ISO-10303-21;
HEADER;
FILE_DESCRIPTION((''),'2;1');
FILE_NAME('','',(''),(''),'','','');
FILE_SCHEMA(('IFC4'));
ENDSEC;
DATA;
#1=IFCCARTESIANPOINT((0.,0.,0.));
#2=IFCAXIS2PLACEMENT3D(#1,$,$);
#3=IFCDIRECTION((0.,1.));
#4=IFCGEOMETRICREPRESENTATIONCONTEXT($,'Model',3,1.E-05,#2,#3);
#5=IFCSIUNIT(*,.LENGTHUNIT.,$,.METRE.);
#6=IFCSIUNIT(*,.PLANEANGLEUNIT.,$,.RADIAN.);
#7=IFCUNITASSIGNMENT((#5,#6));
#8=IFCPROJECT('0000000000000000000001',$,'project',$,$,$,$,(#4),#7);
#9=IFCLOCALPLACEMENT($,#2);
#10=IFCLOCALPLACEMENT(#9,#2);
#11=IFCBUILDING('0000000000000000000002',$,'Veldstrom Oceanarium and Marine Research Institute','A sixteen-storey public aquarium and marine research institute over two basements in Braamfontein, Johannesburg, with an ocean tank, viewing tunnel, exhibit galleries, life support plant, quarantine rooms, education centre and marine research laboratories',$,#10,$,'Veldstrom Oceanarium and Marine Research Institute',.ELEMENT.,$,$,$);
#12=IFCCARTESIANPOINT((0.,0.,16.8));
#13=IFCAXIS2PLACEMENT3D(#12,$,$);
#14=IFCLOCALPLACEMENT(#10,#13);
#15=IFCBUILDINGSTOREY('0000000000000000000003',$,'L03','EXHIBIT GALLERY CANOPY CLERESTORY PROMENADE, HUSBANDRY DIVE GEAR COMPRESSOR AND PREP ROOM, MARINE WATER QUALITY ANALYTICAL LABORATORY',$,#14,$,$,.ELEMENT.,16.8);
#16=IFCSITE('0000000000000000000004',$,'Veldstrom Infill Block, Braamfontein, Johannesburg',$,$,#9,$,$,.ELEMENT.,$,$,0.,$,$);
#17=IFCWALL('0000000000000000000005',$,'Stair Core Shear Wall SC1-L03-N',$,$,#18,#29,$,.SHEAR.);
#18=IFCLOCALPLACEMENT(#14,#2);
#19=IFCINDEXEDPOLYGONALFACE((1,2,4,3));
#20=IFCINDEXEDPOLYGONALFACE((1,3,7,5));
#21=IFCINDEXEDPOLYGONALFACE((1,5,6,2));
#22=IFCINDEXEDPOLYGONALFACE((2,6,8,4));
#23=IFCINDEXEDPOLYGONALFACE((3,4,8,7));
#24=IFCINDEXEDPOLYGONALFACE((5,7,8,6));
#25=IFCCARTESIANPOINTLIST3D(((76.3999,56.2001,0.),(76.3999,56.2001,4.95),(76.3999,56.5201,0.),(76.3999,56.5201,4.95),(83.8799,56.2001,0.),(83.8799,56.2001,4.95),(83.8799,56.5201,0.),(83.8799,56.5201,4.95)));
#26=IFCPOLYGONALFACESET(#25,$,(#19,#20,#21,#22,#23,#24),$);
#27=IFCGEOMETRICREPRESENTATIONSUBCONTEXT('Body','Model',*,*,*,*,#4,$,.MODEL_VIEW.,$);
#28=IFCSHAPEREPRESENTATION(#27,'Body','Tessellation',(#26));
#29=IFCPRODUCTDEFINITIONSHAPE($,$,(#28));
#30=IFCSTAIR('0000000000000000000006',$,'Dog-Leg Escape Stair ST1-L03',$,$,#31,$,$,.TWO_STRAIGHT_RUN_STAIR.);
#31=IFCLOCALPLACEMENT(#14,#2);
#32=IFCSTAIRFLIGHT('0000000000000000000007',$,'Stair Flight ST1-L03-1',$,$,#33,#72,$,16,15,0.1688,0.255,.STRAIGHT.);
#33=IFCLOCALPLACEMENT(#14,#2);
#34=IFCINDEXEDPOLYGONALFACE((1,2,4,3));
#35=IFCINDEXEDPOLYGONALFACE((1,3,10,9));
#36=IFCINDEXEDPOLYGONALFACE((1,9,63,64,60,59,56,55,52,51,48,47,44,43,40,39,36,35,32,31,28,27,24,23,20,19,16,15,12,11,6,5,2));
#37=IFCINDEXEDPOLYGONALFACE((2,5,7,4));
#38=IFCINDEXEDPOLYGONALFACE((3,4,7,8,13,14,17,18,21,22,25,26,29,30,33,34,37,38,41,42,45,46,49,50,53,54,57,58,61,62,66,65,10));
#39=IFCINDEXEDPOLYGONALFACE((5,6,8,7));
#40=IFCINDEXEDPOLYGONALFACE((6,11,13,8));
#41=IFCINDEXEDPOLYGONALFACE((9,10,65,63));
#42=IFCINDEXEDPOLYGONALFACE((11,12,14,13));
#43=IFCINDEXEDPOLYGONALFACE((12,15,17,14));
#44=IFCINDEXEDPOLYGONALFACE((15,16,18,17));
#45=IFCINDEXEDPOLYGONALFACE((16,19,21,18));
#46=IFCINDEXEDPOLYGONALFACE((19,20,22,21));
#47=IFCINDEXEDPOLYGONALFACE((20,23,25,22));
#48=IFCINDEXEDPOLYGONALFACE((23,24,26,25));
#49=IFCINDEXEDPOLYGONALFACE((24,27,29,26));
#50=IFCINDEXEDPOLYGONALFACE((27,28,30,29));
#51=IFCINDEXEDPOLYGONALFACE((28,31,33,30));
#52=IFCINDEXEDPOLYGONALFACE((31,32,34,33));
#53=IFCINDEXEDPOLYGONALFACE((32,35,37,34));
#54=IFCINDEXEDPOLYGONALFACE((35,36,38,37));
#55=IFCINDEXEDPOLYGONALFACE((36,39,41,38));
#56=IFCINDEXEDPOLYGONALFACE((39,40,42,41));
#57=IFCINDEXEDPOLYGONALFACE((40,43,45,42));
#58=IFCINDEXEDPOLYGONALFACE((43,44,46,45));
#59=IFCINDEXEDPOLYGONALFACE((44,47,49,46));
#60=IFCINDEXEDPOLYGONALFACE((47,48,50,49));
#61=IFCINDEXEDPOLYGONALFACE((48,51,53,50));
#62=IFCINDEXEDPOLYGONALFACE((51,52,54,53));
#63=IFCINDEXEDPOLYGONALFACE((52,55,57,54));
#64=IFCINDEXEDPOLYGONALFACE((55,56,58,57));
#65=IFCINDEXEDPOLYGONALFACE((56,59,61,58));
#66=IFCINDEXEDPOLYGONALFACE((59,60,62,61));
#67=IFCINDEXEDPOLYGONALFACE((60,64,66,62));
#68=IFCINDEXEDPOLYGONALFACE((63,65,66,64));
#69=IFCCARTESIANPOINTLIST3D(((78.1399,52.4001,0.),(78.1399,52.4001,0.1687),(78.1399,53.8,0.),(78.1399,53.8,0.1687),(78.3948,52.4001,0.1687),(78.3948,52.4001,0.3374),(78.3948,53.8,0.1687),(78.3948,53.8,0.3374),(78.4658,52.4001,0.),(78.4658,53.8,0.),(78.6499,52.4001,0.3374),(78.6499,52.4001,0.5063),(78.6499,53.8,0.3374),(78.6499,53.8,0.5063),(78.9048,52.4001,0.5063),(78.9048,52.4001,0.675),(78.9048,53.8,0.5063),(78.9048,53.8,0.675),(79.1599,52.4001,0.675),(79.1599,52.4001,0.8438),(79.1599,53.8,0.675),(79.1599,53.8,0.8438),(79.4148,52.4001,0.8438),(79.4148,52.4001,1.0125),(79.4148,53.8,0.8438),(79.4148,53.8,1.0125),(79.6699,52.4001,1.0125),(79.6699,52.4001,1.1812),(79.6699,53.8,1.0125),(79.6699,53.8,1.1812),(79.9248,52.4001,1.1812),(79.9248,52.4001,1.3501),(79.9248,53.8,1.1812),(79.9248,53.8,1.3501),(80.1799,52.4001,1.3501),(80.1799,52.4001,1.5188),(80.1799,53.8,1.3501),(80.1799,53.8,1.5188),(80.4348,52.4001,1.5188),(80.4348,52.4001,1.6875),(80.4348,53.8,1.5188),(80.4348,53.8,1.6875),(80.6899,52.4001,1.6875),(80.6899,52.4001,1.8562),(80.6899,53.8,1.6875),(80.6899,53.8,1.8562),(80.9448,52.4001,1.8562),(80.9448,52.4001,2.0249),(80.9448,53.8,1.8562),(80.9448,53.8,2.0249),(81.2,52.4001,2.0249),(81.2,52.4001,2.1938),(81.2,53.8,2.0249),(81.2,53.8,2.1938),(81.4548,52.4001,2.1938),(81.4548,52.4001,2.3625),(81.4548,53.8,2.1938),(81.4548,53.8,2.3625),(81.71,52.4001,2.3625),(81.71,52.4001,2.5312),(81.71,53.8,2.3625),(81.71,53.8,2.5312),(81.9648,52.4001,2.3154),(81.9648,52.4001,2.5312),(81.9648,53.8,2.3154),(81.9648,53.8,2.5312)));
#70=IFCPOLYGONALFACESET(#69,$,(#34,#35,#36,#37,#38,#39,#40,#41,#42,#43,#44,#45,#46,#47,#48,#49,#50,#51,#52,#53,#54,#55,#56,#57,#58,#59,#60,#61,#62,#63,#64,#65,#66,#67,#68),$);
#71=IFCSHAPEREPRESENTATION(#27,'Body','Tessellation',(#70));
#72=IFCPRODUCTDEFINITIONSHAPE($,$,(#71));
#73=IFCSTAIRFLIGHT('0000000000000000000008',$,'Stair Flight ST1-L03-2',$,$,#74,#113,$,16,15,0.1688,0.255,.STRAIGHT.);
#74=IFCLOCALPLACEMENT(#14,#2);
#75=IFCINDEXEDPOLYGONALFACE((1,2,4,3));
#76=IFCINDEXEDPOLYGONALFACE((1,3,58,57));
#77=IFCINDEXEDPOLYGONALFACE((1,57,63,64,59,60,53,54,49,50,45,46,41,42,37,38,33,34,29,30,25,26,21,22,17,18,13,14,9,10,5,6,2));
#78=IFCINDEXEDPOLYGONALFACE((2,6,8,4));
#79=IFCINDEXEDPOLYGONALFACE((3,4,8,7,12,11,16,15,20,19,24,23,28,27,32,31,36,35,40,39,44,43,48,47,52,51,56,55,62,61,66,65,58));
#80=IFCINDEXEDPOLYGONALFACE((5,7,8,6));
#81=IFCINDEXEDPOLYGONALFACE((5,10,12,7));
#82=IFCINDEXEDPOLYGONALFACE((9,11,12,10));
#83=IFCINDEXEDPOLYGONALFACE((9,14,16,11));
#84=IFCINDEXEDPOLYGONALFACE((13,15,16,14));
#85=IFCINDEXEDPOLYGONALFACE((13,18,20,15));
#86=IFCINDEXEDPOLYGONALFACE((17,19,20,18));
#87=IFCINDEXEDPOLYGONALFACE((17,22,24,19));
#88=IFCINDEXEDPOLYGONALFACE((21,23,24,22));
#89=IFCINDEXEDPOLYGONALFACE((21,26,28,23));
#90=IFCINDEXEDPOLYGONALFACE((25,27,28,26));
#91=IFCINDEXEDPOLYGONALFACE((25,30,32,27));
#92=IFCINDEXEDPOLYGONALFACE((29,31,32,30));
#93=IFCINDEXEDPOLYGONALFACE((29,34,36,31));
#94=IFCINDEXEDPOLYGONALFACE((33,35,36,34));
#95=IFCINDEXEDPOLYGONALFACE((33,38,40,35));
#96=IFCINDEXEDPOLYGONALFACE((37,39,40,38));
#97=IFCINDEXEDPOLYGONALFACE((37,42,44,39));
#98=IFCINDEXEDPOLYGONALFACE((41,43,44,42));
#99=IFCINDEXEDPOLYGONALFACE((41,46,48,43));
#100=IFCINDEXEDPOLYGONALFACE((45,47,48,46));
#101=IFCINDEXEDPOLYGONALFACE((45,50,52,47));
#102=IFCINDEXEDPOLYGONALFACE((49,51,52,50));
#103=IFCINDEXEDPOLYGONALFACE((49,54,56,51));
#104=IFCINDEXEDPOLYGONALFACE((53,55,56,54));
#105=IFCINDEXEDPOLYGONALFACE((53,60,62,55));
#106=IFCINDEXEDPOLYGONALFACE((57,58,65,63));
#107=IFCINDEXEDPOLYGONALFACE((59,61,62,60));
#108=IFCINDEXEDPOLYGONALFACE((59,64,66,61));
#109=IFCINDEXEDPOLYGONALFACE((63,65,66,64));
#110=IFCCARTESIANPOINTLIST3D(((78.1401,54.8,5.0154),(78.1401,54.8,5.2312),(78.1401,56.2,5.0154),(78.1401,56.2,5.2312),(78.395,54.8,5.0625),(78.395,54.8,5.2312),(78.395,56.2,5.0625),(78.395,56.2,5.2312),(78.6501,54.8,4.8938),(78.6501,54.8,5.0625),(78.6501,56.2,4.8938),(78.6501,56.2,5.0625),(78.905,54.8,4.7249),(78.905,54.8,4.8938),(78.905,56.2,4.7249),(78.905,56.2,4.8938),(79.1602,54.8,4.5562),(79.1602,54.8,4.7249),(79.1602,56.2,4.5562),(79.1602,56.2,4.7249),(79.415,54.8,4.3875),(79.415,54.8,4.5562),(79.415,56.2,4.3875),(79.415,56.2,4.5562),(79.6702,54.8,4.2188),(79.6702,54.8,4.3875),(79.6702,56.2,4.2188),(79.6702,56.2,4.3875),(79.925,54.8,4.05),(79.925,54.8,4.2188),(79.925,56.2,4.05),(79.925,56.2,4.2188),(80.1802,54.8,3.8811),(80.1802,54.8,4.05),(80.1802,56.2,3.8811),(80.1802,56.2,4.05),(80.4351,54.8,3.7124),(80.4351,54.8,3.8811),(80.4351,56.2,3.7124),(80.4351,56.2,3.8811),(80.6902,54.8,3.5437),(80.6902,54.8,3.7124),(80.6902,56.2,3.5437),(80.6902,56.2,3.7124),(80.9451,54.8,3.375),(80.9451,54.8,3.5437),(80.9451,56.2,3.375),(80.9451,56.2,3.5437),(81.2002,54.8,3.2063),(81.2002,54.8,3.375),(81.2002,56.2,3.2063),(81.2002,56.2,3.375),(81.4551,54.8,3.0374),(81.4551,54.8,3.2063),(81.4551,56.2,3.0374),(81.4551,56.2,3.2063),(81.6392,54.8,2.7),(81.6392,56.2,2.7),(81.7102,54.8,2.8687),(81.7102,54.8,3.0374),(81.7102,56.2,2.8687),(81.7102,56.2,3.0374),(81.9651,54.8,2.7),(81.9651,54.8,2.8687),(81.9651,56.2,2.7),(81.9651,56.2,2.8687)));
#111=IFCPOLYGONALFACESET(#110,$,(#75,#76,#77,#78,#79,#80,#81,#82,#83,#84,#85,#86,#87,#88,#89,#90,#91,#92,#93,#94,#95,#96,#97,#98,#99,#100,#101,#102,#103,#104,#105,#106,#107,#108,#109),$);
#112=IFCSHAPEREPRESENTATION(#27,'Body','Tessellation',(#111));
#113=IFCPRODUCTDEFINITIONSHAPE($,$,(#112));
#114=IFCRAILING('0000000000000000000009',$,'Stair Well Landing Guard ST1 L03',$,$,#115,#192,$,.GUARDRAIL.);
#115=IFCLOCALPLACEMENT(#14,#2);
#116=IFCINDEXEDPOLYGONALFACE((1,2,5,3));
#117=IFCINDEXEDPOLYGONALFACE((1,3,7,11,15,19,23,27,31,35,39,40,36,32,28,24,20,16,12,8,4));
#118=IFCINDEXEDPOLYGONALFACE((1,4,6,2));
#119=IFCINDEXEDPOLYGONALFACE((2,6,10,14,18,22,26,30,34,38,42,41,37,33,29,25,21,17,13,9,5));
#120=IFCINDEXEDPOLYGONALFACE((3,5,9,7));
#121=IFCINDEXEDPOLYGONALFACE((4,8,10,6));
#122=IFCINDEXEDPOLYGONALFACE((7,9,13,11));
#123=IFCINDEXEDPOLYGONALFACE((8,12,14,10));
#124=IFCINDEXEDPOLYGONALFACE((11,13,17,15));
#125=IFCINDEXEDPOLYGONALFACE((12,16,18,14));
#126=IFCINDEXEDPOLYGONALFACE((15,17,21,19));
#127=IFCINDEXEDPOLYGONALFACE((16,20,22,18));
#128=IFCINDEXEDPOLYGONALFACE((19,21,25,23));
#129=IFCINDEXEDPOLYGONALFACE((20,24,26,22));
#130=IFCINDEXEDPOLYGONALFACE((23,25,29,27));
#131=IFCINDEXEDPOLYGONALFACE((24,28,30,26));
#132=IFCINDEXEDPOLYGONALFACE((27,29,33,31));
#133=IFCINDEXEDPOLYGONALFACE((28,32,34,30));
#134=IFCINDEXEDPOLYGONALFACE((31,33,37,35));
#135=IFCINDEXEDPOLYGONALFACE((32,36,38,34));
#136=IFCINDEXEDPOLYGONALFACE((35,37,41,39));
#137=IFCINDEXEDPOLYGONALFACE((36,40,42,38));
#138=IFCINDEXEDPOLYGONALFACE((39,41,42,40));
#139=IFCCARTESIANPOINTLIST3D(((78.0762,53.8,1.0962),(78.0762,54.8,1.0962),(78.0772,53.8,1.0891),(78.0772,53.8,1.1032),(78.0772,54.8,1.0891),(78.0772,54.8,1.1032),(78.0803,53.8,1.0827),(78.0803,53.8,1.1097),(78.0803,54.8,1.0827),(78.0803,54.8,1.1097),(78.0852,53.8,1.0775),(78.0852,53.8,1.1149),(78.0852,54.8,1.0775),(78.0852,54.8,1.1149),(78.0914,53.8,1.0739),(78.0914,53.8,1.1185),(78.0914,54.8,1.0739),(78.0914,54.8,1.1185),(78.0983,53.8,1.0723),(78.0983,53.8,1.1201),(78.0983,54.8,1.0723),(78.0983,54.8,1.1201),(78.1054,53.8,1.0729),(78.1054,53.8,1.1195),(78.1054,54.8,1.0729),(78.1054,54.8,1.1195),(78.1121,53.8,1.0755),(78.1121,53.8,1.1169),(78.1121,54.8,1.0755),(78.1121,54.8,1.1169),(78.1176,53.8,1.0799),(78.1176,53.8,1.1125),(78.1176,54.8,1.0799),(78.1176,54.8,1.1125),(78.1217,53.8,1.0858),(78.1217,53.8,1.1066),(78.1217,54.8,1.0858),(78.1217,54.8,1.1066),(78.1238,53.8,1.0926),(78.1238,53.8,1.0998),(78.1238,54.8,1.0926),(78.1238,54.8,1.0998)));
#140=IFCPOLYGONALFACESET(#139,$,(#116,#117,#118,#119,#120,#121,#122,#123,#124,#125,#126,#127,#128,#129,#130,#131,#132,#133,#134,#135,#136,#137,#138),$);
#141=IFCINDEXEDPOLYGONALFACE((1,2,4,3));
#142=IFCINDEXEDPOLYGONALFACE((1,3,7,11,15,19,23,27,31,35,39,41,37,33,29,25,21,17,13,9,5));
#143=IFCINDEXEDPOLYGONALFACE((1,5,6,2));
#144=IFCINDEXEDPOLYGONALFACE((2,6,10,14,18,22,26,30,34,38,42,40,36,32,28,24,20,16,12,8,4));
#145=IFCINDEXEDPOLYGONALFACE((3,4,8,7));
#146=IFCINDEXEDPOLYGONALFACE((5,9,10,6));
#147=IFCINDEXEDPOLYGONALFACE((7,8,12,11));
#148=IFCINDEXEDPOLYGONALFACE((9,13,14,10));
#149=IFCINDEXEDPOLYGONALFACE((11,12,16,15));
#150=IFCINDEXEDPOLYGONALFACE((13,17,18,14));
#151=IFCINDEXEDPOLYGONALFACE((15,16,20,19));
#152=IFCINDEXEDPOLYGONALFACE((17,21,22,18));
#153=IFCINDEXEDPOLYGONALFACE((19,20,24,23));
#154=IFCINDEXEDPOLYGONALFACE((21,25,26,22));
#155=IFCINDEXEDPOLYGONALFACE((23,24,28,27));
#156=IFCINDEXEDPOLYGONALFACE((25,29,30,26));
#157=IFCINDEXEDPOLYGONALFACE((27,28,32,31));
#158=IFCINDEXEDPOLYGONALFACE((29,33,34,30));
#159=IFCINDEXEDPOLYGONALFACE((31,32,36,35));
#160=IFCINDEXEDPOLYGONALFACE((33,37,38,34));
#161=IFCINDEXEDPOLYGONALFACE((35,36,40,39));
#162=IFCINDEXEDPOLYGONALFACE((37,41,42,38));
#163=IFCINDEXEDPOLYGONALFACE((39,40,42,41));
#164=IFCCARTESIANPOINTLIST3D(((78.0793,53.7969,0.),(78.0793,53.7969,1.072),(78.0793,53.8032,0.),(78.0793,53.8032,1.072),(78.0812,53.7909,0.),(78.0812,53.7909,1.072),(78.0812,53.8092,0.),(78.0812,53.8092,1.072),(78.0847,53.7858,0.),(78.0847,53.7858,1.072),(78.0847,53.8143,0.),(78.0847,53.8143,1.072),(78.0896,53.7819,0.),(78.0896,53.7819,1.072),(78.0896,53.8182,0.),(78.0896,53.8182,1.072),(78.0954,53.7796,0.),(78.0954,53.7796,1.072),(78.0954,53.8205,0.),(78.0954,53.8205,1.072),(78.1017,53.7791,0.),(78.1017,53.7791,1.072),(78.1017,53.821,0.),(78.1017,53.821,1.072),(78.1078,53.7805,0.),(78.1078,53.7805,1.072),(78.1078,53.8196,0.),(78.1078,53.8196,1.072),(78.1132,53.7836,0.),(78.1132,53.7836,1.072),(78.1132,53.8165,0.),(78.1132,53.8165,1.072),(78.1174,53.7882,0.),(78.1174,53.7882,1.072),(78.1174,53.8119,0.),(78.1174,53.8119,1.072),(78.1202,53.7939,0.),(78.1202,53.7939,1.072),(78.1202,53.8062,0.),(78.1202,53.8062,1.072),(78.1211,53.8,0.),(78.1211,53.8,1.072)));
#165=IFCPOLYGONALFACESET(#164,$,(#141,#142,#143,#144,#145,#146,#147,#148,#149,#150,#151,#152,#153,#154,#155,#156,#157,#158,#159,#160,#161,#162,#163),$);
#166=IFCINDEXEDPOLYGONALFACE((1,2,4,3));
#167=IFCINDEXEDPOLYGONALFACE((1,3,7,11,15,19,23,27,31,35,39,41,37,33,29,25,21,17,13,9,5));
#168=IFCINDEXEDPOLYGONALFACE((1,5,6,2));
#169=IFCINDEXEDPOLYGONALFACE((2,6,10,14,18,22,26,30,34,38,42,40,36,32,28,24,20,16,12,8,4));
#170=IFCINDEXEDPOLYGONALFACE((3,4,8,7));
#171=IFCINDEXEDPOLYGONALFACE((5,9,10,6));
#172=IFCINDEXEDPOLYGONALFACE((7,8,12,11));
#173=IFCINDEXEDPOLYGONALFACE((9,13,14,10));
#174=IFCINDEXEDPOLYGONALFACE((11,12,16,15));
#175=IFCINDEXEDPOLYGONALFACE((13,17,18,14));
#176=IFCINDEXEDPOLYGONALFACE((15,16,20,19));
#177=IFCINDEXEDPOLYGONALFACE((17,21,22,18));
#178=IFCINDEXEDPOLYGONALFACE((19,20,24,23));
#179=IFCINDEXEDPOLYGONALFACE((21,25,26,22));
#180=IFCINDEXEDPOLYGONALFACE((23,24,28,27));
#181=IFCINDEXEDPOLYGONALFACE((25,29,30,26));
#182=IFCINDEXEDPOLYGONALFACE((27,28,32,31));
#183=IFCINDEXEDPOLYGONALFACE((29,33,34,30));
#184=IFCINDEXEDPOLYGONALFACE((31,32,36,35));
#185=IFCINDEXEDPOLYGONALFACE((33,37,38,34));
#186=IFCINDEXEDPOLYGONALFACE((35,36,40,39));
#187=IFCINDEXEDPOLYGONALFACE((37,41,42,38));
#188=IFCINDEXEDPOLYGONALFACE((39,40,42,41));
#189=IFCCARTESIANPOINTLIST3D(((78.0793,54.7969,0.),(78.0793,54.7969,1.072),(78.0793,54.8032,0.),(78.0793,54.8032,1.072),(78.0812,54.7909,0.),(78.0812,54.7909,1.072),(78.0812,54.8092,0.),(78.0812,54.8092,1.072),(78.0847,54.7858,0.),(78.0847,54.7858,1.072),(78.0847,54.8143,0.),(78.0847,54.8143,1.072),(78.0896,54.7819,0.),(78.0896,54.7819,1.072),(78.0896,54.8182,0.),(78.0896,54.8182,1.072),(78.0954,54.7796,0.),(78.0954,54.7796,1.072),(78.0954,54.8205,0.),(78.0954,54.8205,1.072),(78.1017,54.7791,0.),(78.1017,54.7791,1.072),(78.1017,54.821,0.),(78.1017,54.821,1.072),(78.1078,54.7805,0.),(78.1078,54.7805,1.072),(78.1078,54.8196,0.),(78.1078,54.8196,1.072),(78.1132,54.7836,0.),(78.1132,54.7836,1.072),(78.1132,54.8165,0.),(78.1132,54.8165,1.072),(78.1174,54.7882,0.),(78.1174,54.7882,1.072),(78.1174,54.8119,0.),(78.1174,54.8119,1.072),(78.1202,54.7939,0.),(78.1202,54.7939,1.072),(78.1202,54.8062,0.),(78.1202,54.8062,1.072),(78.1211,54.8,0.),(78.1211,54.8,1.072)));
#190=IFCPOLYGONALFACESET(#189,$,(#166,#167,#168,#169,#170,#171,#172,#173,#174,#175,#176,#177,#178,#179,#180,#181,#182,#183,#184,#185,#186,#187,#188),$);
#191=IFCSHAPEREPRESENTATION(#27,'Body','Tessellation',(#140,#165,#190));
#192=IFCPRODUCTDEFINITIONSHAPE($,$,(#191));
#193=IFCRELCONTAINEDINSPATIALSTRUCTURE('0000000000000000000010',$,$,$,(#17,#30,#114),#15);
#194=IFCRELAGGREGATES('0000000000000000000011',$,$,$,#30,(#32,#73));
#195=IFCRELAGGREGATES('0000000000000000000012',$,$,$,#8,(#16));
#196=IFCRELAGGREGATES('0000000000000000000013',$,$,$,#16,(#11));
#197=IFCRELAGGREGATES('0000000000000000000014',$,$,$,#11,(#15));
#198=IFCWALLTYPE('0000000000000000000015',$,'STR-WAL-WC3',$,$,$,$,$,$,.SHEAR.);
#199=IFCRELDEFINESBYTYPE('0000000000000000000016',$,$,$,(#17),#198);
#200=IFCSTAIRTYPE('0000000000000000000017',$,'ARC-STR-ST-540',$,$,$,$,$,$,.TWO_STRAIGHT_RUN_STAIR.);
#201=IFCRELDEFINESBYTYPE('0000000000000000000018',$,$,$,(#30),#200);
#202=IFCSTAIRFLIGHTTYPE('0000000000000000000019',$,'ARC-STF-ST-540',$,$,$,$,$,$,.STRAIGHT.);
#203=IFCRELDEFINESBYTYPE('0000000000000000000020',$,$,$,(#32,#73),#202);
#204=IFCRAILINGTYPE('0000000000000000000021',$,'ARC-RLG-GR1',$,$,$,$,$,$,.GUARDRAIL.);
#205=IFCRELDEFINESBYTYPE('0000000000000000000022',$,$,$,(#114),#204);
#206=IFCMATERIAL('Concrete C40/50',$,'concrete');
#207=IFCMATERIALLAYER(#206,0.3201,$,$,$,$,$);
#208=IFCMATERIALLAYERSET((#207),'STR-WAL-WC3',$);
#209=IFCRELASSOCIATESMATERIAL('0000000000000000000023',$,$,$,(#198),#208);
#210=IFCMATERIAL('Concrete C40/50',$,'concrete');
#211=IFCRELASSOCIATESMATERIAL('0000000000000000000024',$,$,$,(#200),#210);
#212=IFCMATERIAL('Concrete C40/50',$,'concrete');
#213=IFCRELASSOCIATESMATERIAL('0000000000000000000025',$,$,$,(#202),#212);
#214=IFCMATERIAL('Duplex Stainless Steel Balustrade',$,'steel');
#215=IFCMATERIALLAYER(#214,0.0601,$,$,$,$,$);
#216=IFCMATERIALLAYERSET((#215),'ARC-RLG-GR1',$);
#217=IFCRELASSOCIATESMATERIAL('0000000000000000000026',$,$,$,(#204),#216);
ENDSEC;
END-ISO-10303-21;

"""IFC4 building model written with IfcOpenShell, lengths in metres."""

from ifc_helpers import new_model, si_unit, direction, frame, frame_2d, origin, origin_2d, place, context, subcontext, project, spatial, polyline, rectangle, circle, outline, extrude, material, layer, layer_set, type_object, element, aggregate, save


model = new_model("IFC4")

# Units and contexts
model_context = context("Model", 3, precision=1e-05, world=origin(), true_north=direction((0.0, 1.0)))
body_context = subcontext(model_context, "Body", "Model", "MODEL_VIEW")
ifc_project = project(units=[si_unit("LENGTHUNIT", "METRE"), si_unit("PLANEANGLEUNIT", "RADIAN")], contexts=[model_context])

# Site, building, storey
site_placement = place(None, origin())
site = spatial("IfcSite", under=ifc_project, at=site_placement, Name="Veldstrom Infill Block, Braamfontein, Johannesburg", CompositionType="ELEMENT", RefElevation=0.0)
building_placement = place(site_placement, origin())
building = spatial("IfcBuilding", under=site, at=building_placement, Name="Veldstrom Oceanarium and Marine Research Institute", Description="A sixteen-storey public aquarium and marine research institute over two basements in Braamfontein, Johannesburg, with an ocean tank, viewing tunnel, exhibit galleries, life support plant, quarantine rooms, education centre and marine research laboratories", LongName="Veldstrom Oceanarium and Marine Research Institute", CompositionType="ELEMENT")
storey_placement = place(building_placement, frame((0.0, 0.0, 16.8)))
storey = spatial("IfcBuildingStorey", under=building, at=storey_placement, Name="L03", Description="EXHIBIT GALLERY CANOPY CLERESTORY PROMENADE, HUSBANDRY DIVE GEAR COMPRESSOR AND PREP ROOM, MARINE WATER QUALITY ANALYTICAL LABORATORY", CompositionType="ELEMENT", Elevation=16.8)

# Wall
ifc_material_1 = material(Name="Concrete C40/50", Category="concrete")
ifc_layer_1 = layer(ifc_material_1, 0.3201)
ifc_layer_set_1 = layer_set([ifc_layer_1], Name="STR-WAL-WC3")
wall_type_1 = type_object("IfcWallType", Name="STR-WAL-WC3", PredefinedType="SHEAR", material=ifc_layer_set_1)
wall_1_placement = place(storey_placement, frame((76.3999, 56.3601, 0.0), z_axis=(0.0, 0.0, 1.0), x_axis=(1.0, 0.0, 0.0)))
element("IfcWall", 1, at=wall_1_placement, inside=storey, type_object=wall_type_1, Name="Stair Core Shear Wall SC1-L03-N", PredefinedType="SHEAR", context=body_context, shape_type="SweptSolid", body=[
    extrude(rectangle(XDim=7.48, YDim=0.3201, at=frame_2d((3.74, 0.0))), origin(), (0.0, 0.0, 1.0), 4.95),
])

# Stair, stair flights
ifc_material_2 = material(Name="Concrete C40/50", Category="concrete")
stair_type = type_object("IfcStairType", Name="ARC-STR-ST-540", PredefinedType="TWO_STRAIGHT_RUN_STAIR", material=ifc_material_2)
stair_placement = place(storey_placement, origin())
stair = element("IfcStair", 2, at=stair_placement, inside=storey, type_object=stair_type, Name="Dog-Leg Escape Stair ST1-L03", PredefinedType="TWO_STRAIGHT_RUN_STAIR")
ifc_material_3 = material(Name="Concrete C40/50", Category="concrete")
stair_flight_type = type_object("IfcStairFlightType", Name="ARC-STF-ST-540", PredefinedType="STRAIGHT", material=ifc_material_3)
stair_flight_1_placement = place(storey_placement, frame((78.1399, 53.1001, 0.0), z_axis=(0.0, 0.0, 1.0), x_axis=(1.0, 0.0, 0.0)))
stair_flight_1 = element("IfcStairFlight", 3, at=stair_flight_1_placement, type_object=stair_flight_type, Name="Stair Flight ST1-L03-1", NumberOfRisers=16, NumberOfTreads=15, PredefinedType="STRAIGHT", RiserHeight=0.1688, TreadLength=0.255, context=body_context, shape_type="SweptSolid", body=[
    extrude(outline(polyline([(0.0, 0.0), (0.0, 0.1687), (0.2549, 0.1687), (0.2549, 0.3374), (0.51, 0.3374), (0.51, 0.5063), (0.7649, 0.5063), (0.7649, 0.675), (1.02, 0.675), (1.02, 0.8438), (1.2749, 0.8438), (1.2749, 1.0125), (1.53, 1.0125), (1.53, 1.1812), (1.7849, 1.1812), (1.7849, 1.3501), (2.04, 1.3501), (2.04, 1.5188), (2.2949, 1.5188), (2.2949, 1.6875), (2.55, 1.6875), (2.55, 1.8562), (2.8049, 1.8562), (2.8049, 2.0249), (3.0601, 2.0249), (3.0601, 2.1938), (3.3149, 2.1938), (3.3149, 2.3625), (3.5701, 2.3625), (3.5701, 2.5312), (3.825, 2.5312), (3.825, 2.7), (3.825, 2.3154), (0.3259, 0.0), (0.0, 0.0)])), frame((0.0, 0.7, 0.0), z_axis=(0.0, -1.0, 0.0), x_axis=(1.0, 0.0, 0.0)), (0.0, 0.0, 1.0), 1.3999),
])
stair_flight_2_placement = place(storey_placement, frame((81.9651, 55.5, 2.7), z_axis=(0.0, 0.0, 1.0), x_axis=(-1.0, 0.0, 0.0)))
stair_flight_2 = element("IfcStairFlight", 4, at=stair_flight_2_placement, type_object=stair_flight_type, Name="Stair Flight ST1-L03-2", NumberOfRisers=16, NumberOfTreads=15, PredefinedType="STRAIGHT", RiserHeight=0.1688, TreadLength=0.255, context=body_context, shape_type="SweptSolid", body=[
    extrude(outline(polyline([(0.0, 0.0), (0.0, 0.1687), (0.2549, 0.1687), (0.2549, 0.3374), (0.51, 0.3374), (0.51, 0.5063), (0.7649, 0.5063), (0.7649, 0.675), (1.02, 0.675), (1.02, 0.8438), (1.2749, 0.8438), (1.2749, 1.0125), (1.53, 1.0125), (1.53, 1.1812), (1.7849, 1.1812), (1.7849, 1.3501), (2.04, 1.3501), (2.04, 1.5188), (2.2949, 1.5188), (2.2949, 1.6875), (2.55, 1.6875), (2.55, 1.8562), (2.8049, 1.8562), (2.8049, 2.0249), (3.0601, 2.0249), (3.0601, 2.1938), (3.3149, 2.1938), (3.3149, 2.3625), (3.5701, 2.3625), (3.5701, 2.5312), (3.825, 2.5312), (3.825, 2.7), (3.825, 2.3154), (0.3259, 0.0), (0.0, 0.0)])), frame((0.0, 0.7, 0.0), z_axis=(0.0, -1.0, 0.0), x_axis=(1.0, 0.0, 0.0)), (0.0, 0.0, 1.0), 1.3999),
])
aggregate(stair, [stair_flight_1, stair_flight_2])

# Railing
ifc_material_4 = material(Name="Duplex Stainless Steel Balustrade", Category="steel")
ifc_layer_2 = layer(ifc_material_4, 0.0601)
ifc_layer_set_2 = layer_set([ifc_layer_2], Name="ARC-RLG-GR1")
railing_type_1 = type_object("IfcRailingType", Name="ARC-RLG-GR1", PredefinedType="GUARDRAIL", material=ifc_layer_set_2)
railing_1_placement = place(storey_placement, frame((78.1001, 53.8, 0.0)))
element("IfcRailing", 5, at=railing_1_placement, inside=storey, type_object=railing_type_1, Name="Stair Well Landing Guard ST1 L03", PredefinedType="GUARDRAIL", context=body_context, shape_type="SweptSolid", body=[
    extrude(circle(Radius=0.0239, at=origin_2d()), frame((0.0, 0.0, 1.0962), z_axis=(0.0, 1.0, 0.0), x_axis=(-1.0, 0.0, 0.0)), (0.0, 0.0, 1.0), 1.0),
    extrude(circle(Radius=0.021, at=origin_2d()), origin(), (0.0, 0.0, 1.0), 1.072),
    extrude(circle(Radius=0.021, at=origin_2d()), frame((0.0, 1.0, 0.0)), (0.0, 0.0, 1.0), 1.072),
])

save(model, "model.ifc")
